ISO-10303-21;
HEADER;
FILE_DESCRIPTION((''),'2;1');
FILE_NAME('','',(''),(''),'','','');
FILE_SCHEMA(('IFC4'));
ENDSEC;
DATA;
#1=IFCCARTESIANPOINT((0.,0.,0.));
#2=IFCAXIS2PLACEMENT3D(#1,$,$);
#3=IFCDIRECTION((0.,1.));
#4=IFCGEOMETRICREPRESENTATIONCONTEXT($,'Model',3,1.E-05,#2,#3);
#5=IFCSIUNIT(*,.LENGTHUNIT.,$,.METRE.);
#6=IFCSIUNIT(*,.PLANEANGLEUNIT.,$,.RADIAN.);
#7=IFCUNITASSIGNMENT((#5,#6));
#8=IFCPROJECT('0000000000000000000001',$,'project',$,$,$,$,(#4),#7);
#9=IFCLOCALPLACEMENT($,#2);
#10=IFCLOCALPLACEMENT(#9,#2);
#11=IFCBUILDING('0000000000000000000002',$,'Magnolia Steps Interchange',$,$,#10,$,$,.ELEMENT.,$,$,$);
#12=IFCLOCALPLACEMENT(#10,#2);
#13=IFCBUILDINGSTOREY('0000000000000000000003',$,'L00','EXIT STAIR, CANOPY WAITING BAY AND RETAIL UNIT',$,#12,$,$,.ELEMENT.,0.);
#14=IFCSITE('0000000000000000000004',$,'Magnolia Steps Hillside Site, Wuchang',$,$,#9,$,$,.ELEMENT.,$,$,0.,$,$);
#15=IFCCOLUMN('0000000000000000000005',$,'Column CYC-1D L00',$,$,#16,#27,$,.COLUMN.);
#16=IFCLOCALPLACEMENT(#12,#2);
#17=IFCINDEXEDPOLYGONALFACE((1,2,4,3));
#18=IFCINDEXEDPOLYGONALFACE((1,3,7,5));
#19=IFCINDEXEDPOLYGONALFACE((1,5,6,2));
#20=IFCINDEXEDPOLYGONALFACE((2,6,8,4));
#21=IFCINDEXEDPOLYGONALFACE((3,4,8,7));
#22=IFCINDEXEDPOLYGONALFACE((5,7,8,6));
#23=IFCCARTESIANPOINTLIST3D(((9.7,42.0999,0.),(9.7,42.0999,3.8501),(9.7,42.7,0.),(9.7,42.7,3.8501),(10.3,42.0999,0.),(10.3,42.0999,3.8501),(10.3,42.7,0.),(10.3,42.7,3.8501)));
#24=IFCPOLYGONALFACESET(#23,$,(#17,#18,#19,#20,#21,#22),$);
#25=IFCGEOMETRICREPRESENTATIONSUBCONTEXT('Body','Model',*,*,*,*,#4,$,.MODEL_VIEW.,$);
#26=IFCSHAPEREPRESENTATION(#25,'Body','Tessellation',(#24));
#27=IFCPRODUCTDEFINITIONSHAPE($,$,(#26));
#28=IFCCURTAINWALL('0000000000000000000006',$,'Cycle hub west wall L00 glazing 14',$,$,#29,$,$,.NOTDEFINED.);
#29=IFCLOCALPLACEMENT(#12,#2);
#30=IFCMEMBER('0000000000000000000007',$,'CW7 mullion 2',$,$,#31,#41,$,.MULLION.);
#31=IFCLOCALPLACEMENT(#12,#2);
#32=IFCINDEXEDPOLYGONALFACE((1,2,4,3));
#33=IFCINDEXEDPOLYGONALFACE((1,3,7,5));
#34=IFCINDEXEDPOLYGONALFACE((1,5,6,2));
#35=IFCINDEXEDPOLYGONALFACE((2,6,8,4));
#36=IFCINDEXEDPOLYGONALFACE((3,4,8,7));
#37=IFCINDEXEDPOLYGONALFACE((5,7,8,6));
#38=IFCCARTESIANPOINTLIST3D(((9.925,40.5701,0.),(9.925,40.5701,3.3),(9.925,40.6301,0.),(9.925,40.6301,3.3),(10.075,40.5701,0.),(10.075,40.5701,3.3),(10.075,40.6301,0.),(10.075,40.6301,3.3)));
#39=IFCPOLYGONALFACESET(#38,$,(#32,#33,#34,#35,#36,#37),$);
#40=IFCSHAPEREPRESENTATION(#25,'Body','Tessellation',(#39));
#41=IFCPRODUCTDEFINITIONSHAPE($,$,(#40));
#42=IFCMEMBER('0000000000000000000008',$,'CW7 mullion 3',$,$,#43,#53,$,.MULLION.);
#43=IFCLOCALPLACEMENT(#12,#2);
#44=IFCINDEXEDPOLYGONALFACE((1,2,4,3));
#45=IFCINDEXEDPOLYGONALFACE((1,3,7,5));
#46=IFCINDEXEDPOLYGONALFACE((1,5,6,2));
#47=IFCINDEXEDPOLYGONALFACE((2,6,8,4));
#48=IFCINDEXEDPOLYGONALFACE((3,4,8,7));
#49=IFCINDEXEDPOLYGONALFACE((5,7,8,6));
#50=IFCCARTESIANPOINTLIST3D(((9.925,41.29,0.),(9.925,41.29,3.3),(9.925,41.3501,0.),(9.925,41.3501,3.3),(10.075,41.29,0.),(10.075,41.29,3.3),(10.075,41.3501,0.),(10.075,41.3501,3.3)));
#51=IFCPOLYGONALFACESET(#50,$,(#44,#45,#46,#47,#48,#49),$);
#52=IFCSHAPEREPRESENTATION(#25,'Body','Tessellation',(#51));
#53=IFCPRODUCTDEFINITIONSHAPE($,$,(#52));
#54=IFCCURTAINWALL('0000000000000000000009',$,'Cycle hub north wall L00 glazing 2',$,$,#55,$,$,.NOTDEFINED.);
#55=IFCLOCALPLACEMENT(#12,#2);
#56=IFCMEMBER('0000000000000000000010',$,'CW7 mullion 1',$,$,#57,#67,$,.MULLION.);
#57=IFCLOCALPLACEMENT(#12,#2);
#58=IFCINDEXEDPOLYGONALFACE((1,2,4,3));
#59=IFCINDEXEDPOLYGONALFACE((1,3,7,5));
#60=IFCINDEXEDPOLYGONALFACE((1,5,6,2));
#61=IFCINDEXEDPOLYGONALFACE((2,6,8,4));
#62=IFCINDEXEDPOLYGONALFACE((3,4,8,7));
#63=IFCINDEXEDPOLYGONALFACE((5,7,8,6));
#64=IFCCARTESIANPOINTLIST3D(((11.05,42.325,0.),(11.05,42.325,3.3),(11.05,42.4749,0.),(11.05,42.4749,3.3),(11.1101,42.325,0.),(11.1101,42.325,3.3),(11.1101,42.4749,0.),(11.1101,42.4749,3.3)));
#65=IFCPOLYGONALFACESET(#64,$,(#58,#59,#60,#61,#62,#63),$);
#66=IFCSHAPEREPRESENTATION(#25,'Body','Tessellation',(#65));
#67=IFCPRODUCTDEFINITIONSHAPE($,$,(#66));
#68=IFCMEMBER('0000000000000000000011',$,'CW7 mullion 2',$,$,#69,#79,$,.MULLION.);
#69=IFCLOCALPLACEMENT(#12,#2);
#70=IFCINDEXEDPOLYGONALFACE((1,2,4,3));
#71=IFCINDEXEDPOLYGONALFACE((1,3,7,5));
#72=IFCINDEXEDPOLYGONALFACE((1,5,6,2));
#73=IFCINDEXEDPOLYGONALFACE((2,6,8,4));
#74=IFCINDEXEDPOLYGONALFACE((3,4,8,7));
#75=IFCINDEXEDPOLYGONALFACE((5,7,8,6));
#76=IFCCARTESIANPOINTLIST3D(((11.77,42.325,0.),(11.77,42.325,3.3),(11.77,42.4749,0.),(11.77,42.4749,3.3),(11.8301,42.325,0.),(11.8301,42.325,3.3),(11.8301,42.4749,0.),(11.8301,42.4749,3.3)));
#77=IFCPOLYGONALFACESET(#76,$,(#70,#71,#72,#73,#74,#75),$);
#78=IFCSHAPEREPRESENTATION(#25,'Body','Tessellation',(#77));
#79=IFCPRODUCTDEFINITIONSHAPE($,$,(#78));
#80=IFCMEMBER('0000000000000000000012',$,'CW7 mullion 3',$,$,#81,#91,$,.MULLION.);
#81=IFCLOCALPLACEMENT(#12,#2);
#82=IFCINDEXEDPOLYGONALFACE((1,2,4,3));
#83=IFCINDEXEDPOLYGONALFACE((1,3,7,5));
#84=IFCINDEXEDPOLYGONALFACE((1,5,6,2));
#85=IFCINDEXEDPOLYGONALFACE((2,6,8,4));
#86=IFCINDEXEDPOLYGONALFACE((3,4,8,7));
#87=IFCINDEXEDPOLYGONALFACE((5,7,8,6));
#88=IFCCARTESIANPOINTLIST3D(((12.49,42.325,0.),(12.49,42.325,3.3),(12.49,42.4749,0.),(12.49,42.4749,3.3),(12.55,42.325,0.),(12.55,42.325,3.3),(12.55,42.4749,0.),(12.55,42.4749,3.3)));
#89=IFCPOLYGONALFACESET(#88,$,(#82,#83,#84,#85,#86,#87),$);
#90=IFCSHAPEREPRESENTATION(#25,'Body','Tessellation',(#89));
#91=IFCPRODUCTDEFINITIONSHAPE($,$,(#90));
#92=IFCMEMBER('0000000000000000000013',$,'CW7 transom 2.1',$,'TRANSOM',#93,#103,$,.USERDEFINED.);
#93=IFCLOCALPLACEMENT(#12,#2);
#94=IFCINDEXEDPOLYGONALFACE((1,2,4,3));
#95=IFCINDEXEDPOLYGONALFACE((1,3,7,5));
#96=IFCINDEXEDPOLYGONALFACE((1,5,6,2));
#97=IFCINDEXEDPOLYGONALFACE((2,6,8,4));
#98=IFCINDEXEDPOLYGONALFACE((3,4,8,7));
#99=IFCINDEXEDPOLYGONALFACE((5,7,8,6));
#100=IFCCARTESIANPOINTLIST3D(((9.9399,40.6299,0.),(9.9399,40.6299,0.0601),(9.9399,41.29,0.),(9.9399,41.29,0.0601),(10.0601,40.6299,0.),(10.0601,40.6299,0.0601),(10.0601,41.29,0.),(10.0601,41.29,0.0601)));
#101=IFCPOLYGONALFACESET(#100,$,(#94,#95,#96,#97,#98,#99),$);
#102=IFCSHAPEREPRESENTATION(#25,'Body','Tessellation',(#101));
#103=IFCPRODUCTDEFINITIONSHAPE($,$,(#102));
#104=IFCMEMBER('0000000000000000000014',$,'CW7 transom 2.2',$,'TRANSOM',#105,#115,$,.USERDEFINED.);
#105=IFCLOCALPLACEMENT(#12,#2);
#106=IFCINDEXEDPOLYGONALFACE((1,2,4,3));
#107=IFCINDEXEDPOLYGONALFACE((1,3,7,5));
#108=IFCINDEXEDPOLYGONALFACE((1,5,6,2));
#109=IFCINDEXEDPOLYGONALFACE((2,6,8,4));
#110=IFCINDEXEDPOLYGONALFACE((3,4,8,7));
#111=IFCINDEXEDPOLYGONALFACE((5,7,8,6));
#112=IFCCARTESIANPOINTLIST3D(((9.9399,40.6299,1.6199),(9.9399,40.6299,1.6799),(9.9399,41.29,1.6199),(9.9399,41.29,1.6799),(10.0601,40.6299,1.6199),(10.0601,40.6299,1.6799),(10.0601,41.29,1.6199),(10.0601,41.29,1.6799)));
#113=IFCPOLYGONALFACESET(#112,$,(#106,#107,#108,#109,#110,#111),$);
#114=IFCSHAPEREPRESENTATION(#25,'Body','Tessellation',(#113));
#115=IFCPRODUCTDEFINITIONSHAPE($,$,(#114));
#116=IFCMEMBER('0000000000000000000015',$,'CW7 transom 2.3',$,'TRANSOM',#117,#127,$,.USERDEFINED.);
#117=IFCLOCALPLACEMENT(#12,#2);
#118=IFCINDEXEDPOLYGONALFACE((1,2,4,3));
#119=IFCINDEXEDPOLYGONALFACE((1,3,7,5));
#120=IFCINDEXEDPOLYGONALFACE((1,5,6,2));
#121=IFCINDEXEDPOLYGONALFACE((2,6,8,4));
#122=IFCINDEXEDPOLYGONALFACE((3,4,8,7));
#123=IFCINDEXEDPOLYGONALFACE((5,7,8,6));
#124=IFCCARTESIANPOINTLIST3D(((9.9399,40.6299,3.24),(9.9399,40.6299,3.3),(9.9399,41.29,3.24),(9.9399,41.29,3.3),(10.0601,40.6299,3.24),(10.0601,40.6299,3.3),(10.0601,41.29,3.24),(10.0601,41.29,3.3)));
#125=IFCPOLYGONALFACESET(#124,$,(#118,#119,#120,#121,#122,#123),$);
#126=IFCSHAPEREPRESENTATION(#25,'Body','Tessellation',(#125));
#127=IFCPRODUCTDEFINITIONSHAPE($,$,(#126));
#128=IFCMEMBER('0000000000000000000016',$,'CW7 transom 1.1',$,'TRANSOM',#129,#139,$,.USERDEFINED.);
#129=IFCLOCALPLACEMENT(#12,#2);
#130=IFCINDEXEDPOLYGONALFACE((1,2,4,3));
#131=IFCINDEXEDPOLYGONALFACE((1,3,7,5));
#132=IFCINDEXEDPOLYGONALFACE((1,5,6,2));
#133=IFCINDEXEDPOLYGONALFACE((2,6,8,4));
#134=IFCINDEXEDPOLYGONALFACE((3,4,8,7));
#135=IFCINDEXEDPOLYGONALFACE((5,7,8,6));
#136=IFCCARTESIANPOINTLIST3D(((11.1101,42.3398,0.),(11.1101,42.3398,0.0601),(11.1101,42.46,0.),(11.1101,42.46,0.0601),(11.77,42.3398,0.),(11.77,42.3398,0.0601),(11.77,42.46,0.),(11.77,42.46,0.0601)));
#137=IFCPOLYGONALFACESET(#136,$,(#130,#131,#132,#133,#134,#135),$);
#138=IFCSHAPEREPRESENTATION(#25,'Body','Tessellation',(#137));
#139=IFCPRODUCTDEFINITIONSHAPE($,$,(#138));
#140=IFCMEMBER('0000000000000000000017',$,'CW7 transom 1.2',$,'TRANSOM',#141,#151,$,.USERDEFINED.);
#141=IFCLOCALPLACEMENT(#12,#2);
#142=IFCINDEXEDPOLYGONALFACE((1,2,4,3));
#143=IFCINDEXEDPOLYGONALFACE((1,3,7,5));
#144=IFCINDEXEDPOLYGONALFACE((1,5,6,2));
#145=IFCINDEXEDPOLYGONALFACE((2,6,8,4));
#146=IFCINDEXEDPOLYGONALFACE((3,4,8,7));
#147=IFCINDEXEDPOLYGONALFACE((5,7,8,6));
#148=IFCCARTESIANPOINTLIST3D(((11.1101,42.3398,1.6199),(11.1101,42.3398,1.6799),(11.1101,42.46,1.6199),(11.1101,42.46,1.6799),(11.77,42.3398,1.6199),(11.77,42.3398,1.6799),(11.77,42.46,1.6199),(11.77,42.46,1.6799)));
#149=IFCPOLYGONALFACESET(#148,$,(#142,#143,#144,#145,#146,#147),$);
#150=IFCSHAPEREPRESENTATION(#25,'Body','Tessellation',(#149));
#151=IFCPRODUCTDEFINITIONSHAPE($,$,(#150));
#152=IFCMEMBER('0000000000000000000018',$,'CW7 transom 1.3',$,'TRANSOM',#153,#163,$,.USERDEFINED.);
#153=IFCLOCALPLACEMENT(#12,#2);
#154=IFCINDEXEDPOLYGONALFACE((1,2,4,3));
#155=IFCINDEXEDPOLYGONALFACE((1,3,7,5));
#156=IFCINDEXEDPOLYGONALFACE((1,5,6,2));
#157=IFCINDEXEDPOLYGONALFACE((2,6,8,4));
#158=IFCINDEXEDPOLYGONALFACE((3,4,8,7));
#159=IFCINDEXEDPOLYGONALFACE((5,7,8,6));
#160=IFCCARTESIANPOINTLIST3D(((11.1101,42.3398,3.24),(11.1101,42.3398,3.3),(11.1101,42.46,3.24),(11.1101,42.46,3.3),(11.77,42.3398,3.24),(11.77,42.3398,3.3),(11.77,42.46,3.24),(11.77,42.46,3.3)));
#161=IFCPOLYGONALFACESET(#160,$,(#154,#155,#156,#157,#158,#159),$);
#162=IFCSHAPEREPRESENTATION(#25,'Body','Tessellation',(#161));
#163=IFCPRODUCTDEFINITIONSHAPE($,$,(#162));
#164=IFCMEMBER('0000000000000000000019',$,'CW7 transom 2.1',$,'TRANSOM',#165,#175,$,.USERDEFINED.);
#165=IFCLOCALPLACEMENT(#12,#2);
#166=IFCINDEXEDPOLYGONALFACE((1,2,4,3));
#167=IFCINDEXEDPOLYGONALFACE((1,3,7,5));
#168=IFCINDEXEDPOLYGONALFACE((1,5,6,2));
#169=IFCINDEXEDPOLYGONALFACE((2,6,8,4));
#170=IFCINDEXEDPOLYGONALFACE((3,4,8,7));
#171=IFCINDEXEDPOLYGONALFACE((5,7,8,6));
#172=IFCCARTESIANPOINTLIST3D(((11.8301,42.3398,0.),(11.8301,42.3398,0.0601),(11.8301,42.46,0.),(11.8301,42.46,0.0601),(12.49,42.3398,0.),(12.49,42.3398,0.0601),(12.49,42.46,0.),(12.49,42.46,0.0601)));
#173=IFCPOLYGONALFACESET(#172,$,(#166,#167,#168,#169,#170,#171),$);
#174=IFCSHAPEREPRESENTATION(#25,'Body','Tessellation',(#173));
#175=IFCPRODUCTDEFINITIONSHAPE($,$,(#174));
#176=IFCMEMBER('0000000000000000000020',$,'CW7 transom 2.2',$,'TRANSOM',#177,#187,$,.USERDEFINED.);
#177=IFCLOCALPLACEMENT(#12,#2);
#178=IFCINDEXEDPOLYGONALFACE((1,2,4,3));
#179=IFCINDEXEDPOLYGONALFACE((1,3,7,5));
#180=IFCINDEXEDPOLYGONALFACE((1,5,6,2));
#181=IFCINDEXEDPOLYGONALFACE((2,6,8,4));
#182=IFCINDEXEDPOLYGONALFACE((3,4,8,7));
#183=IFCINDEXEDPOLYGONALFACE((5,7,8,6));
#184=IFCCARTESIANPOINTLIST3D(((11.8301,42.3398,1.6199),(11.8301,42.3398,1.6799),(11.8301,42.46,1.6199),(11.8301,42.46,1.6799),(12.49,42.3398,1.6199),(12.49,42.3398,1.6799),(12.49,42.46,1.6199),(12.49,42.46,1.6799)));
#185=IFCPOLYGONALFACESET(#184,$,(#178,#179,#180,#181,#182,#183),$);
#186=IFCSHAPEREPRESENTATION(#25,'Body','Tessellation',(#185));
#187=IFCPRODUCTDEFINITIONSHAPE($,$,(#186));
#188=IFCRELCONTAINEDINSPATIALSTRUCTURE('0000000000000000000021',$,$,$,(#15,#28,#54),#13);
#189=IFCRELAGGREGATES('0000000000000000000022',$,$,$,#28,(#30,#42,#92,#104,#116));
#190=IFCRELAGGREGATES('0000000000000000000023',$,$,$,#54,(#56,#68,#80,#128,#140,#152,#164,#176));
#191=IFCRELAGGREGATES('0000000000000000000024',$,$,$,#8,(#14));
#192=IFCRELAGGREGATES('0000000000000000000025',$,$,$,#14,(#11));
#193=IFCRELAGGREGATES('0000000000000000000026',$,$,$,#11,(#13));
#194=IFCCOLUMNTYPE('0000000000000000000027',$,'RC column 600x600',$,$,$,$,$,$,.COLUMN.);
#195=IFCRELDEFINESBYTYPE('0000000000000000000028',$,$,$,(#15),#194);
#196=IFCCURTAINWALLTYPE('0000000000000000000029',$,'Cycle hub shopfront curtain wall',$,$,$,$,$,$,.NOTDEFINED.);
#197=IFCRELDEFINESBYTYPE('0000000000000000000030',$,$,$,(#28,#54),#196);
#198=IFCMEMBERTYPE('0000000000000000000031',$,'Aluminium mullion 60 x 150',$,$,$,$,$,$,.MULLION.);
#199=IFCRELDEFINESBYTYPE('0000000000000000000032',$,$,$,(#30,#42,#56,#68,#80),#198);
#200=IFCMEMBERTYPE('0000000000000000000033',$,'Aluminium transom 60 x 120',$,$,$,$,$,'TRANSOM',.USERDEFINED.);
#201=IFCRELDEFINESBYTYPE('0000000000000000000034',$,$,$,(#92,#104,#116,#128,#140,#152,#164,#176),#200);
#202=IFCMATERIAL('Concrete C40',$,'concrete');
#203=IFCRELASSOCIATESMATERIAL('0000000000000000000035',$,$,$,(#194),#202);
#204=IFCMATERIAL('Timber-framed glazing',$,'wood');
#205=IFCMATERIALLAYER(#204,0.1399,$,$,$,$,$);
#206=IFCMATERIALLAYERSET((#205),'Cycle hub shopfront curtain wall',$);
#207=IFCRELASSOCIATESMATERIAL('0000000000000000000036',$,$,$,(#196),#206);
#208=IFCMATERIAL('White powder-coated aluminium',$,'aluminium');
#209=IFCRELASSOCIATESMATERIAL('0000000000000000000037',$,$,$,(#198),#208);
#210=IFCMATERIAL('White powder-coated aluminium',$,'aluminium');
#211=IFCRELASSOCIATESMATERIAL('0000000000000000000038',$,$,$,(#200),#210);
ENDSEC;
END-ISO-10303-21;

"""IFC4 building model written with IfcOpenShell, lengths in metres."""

from ifc_helpers import new_model, si_unit, direction, frame, origin, origin_2d, place, context, subcontext, project, spatial, rectangle, extrude, material, layer, layer_set, material_profile, profile_set, type_object, element, aggregate, save


model = new_model("IFC4")

# Units and contexts
model_context = context("Model", 3, precision=1e-05, world=origin(), true_north=direction((0.0, 1.0)))
body_context = subcontext(model_context, "Body", "Model", "MODEL_VIEW")
ifc_project = project(units=[si_unit("LENGTHUNIT", "METRE"), si_unit("PLANEANGLEUNIT", "RADIAN")], contexts=[model_context])

# Site, building, storey
site_placement = place(None, origin())
site = spatial("IfcSite", under=ifc_project, at=site_placement, Name="Magnolia Steps Hillside Site, Wuchang", CompositionType="ELEMENT", RefElevation=0.0)
building_placement = place(site_placement, origin())
building = spatial("IfcBuilding", under=site, at=building_placement, Name="Magnolia Steps Interchange", CompositionType="ELEMENT")
storey_placement = place(building_placement, origin())
storey = spatial("IfcBuildingStorey", under=building, at=storey_placement, Name="L00", Description="EXIT STAIR, CANOPY WAITING BAY AND RETAIL UNIT", CompositionType="ELEMENT", Elevation=0.0)

# Column
ifc_material_1 = material(Name="Concrete C40", Category="concrete")
ifc_material_profile_1 = material_profile(ifc_material_1, rectangle(XDim=0.6001, YDim=0.6001, at=origin_2d()), Name="RC600x600")
ifc_profile_set_1 = profile_set([ifc_material_profile_1], Name="Concrete C40")
column_type = type_object("IfcColumnType", Name="RC column 600x600", PredefinedType="COLUMN", material=ifc_profile_set_1)
column_placement = place(storey_placement, frame((10.0, 42.3999, 0.0), z_axis=(0.0, 0.0, 1.0), x_axis=(1.0, 0.0, 0.0)))
element("IfcColumn", 1, at=column_placement, inside=storey, type_object=column_type, Name="Column CYC-1D L00", PredefinedType="COLUMN", context=body_context, shape_type="SweptSolid", body=[
    extrude(rectangle(XDim=0.6001, YDim=0.6001, at=origin_2d()), origin(), (0.0, 0.0, 1.0), 3.8501),
])

# Curtain walls, members
ifc_material_2 = material(Name="Timber-framed glazing", Category="wood")
ifc_layer_1 = layer(ifc_material_2, 0.1399)
ifc_layer_set_1 = layer_set([ifc_layer_1], Name="Cycle hub shopfront curtain wall")
curtain_wall_type = type_object("IfcCurtainWallType", Name="Cycle hub shopfront curtain wall", PredefinedType="NOTDEFINED", material=ifc_layer_set_1)
curtain_wall_1_placement = place(storey_placement, origin())
curtain_wall_1 = element("IfcCurtainWall", 2, at=curtain_wall_1_placement, inside=storey, type_object=curtain_wall_type, Name="Cycle hub west wall L00 glazing 14", PredefinedType="NOTDEFINED")
ifc_material_3 = material(Name="White powder-coated aluminium", Category="aluminium")
ifc_material_profile_2 = material_profile(ifc_material_3, rectangle(XDim=0.0601, YDim=0.1499, at=origin_2d()), Name="Aluminium mullion 60 x 150")
ifc_profile_set_2 = profile_set([ifc_material_profile_2], Name="White powder-coated aluminium")
member_type_1 = type_object("IfcMemberType", Name="Aluminium mullion 60 x 150", PredefinedType="MULLION", material=ifc_profile_set_2)
member_1_placement = place(storey_placement, frame((10.0, 40.6001, 0.0), z_axis=(0.0, 0.0, 1.0), x_axis=(0.0, 1.0, 0.0)))
member_1 = element("IfcMember", 3, at=member_1_placement, type_object=member_type_1, Name="CW7 mullion 2", PredefinedType="MULLION", context=body_context, shape_type="SweptSolid", body=[
    extrude(rectangle(XDim=0.0601, YDim=0.1499, at=origin_2d()), origin(), (0.0, 0.0, 1.0), 3.3),
])
member_2_placement = place(storey_placement, frame((10.0, 41.3201, 0.0), z_axis=(0.0, 0.0, 1.0), x_axis=(0.0, 1.0, 0.0)))
member_2 = element("IfcMember", 4, at=member_2_placement, type_object=member_type_1, Name="CW7 mullion 3", PredefinedType="MULLION", context=body_context, shape_type="SweptSolid", body=[
    extrude(rectangle(XDim=0.0601, YDim=0.1499, at=origin_2d()), origin(), (0.0, 0.0, 1.0), 3.3),
])
curtain_wall_2_placement = place(storey_placement, origin())
curtain_wall_2 = element("IfcCurtainWall", 5, at=curtain_wall_2_placement, inside=storey, type_object=curtain_wall_type, Name="Cycle hub north wall L00 glazing 2", PredefinedType="NOTDEFINED")
member_3_placement = place(storey_placement, frame((11.0801, 42.3999, 0.0), z_axis=(0.0, 0.0, 1.0), x_axis=(1.0, 0.0, 0.0)))
member_3 = element("IfcMember", 6, at=member_3_placement, type_object=member_type_1, Name="CW7 mullion 1", PredefinedType="MULLION", context=body_context, shape_type="SweptSolid", body=[
    extrude(rectangle(XDim=0.0601, YDim=0.1499, at=origin_2d()), origin(), (0.0, 0.0, 1.0), 3.3),
])
member_4_placement = place(storey_placement, frame((11.8, 42.3999, 0.0), z_axis=(0.0, 0.0, 1.0), x_axis=(1.0, 0.0, 0.0)))
member_4 = element("IfcMember", 7, at=member_4_placement, type_object=member_type_1, Name="CW7 mullion 2", PredefinedType="MULLION", context=body_context, shape_type="SweptSolid", body=[
    extrude(rectangle(XDim=0.0601, YDim=0.1499, at=origin_2d()), origin(), (0.0, 0.0, 1.0), 3.3),
])
member_5_placement = place(storey_placement, frame((12.52, 42.3999, 0.0), z_axis=(0.0, 0.0, 1.0), x_axis=(1.0, 0.0, 0.0)))
member_5 = element("IfcMember", 8, at=member_5_placement, type_object=member_type_1, Name="CW7 mullion 3", PredefinedType="MULLION", context=body_context, shape_type="SweptSolid", body=[
    extrude(rectangle(XDim=0.0601, YDim=0.1499, at=origin_2d()), origin(), (0.0, 0.0, 1.0), 3.3),
])

# Members
ifc_material_4 = material(Name="White powder-coated aluminium", Category="aluminium")
ifc_material_profile_3 = material_profile(ifc_material_4, rectangle(XDim=0.0601, YDim=0.1201, at=origin_2d()), Name="Aluminium transom 60 x 120")
ifc_profile_set_3 = profile_set([ifc_material_profile_3], Name="White powder-coated aluminium")
member_type_2 = type_object("IfcMemberType", Name="Aluminium transom 60 x 120", ElementType="TRANSOM", PredefinedType="USERDEFINED", material=ifc_profile_set_3)
member_6_placement = place(storey_placement, frame((10.0, 40.6299, 0.03), z_axis=(0.0, 1.0, 0.0), x_axis=(0.0, 0.0, 1.0)))
member_6 = element("IfcMember", 9, at=member_6_placement, type_object=member_type_2, Name="CW7 transom 2.1", ObjectType="TRANSOM", PredefinedType="USERDEFINED", context=body_context, shape_type="SweptSolid", body=[
    extrude(rectangle(XDim=0.0601, YDim=0.1201, at=origin_2d()), origin(), (0.0, 0.0, 1.0), 0.6602),
])
member_7_placement = place(storey_placement, frame((10.0, 40.6299, 1.6499), z_axis=(0.0, 1.0, 0.0), x_axis=(0.0, 0.0, 1.0)))
member_7 = element("IfcMember", 10, at=member_7_placement, type_object=member_type_2, Name="CW7 transom 2.2", ObjectType="TRANSOM", PredefinedType="USERDEFINED", context=body_context, shape_type="SweptSolid", body=[
    extrude(rectangle(XDim=0.0601, YDim=0.1201, at=origin_2d()), origin(), (0.0, 0.0, 1.0), 0.6602),
])
member_8_placement = place(storey_placement, frame((10.0, 40.6299, 3.27), z_axis=(0.0, 1.0, 0.0), x_axis=(0.0, 0.0, 1.0)))
member_8 = element("IfcMember", 11, at=member_8_placement, type_object=member_type_2, Name="CW7 transom 2.3", ObjectType="TRANSOM", PredefinedType="USERDEFINED", context=body_context, shape_type="SweptSolid", body=[
    extrude(rectangle(XDim=0.0601, YDim=0.1201, at=origin_2d()), origin(), (0.0, 0.0, 1.0), 0.6602),
])
member_9_placement = place(storey_placement, frame((11.1101, 42.3999, 0.03), z_axis=(1.0, 0.0, 0.0), x_axis=(0.0, 0.0, 1.0)))
member_9 = element("IfcMember", 12, at=member_9_placement, type_object=member_type_2, Name="CW7 transom 1.1", ObjectType="TRANSOM", PredefinedType="USERDEFINED", context=body_context, shape_type="SweptSolid", body=[
    extrude(rectangle(XDim=0.0601, YDim=0.1201, at=origin_2d()), origin(), (0.0, 0.0, 1.0), 0.6599),
])
member_10_placement = place(storey_placement, frame((11.1101, 42.3999, 1.6499), z_axis=(1.0, 0.0, 0.0), x_axis=(0.0, 0.0, 1.0)))
member_10 = element("IfcMember", 13, at=member_10_placement, type_object=member_type_2, Name="CW7 transom 1.2", ObjectType="TRANSOM", PredefinedType="USERDEFINED", context=body_context, shape_type="SweptSolid", body=[
    extrude(rectangle(XDim=0.0601, YDim=0.1201, at=origin_2d()), origin(), (0.0, 0.0, 1.0), 0.6599),
])
member_11_placement = place(storey_placement, frame((11.1101, 42.3999, 3.27), z_axis=(1.0, 0.0, 0.0), x_axis=(0.0, 0.0, 1.0)))
member_11 = element("IfcMember", 14, at=member_11_placement, type_object=member_type_2, Name="CW7 transom 1.3", ObjectType="TRANSOM", PredefinedType="USERDEFINED", context=body_context, shape_type="SweptSolid", body=[
    extrude(rectangle(XDim=0.0601, YDim=0.1201, at=origin_2d()), origin(), (0.0, 0.0, 1.0), 0.6599),
])
member_12_placement = place(storey_placement, frame((11.8301, 42.3999, 0.03), z_axis=(1.0, 0.0, 0.0), x_axis=(0.0, 0.0, 1.0)))
member_12 = element("IfcMember", 15, at=member_12_placement, type_object=member_type_2, Name="CW7 transom 2.1", ObjectType="TRANSOM", PredefinedType="USERDEFINED", context=body_context, shape_type="SweptSolid", body=[
    extrude(rectangle(XDim=0.0601, YDim=0.1201, at=origin_2d()), origin(), (0.0, 0.0, 1.0), 0.6599),
])
member_13_placement = place(storey_placement, frame((11.8301, 42.3999, 1.6499), z_axis=(1.0, 0.0, 0.0), x_axis=(0.0, 0.0, 1.0)))
member_13 = element("IfcMember", 16, at=member_13_placement, type_object=member_type_2, Name="CW7 transom 2.2", ObjectType="TRANSOM", PredefinedType="USERDEFINED", context=body_context, shape_type="SweptSolid", body=[
    extrude(rectangle(XDim=0.0601, YDim=0.1201, at=origin_2d()), origin(), (0.0, 0.0, 1.0), 0.6599),
])

aggregate(curtain_wall_1, [member_1, member_2, member_6, member_7, member_8])
aggregate(curtain_wall_2, [member_3, member_4, member_5, member_9, member_10, member_11, member_12, member_13])

save(model, "model.ifc")
